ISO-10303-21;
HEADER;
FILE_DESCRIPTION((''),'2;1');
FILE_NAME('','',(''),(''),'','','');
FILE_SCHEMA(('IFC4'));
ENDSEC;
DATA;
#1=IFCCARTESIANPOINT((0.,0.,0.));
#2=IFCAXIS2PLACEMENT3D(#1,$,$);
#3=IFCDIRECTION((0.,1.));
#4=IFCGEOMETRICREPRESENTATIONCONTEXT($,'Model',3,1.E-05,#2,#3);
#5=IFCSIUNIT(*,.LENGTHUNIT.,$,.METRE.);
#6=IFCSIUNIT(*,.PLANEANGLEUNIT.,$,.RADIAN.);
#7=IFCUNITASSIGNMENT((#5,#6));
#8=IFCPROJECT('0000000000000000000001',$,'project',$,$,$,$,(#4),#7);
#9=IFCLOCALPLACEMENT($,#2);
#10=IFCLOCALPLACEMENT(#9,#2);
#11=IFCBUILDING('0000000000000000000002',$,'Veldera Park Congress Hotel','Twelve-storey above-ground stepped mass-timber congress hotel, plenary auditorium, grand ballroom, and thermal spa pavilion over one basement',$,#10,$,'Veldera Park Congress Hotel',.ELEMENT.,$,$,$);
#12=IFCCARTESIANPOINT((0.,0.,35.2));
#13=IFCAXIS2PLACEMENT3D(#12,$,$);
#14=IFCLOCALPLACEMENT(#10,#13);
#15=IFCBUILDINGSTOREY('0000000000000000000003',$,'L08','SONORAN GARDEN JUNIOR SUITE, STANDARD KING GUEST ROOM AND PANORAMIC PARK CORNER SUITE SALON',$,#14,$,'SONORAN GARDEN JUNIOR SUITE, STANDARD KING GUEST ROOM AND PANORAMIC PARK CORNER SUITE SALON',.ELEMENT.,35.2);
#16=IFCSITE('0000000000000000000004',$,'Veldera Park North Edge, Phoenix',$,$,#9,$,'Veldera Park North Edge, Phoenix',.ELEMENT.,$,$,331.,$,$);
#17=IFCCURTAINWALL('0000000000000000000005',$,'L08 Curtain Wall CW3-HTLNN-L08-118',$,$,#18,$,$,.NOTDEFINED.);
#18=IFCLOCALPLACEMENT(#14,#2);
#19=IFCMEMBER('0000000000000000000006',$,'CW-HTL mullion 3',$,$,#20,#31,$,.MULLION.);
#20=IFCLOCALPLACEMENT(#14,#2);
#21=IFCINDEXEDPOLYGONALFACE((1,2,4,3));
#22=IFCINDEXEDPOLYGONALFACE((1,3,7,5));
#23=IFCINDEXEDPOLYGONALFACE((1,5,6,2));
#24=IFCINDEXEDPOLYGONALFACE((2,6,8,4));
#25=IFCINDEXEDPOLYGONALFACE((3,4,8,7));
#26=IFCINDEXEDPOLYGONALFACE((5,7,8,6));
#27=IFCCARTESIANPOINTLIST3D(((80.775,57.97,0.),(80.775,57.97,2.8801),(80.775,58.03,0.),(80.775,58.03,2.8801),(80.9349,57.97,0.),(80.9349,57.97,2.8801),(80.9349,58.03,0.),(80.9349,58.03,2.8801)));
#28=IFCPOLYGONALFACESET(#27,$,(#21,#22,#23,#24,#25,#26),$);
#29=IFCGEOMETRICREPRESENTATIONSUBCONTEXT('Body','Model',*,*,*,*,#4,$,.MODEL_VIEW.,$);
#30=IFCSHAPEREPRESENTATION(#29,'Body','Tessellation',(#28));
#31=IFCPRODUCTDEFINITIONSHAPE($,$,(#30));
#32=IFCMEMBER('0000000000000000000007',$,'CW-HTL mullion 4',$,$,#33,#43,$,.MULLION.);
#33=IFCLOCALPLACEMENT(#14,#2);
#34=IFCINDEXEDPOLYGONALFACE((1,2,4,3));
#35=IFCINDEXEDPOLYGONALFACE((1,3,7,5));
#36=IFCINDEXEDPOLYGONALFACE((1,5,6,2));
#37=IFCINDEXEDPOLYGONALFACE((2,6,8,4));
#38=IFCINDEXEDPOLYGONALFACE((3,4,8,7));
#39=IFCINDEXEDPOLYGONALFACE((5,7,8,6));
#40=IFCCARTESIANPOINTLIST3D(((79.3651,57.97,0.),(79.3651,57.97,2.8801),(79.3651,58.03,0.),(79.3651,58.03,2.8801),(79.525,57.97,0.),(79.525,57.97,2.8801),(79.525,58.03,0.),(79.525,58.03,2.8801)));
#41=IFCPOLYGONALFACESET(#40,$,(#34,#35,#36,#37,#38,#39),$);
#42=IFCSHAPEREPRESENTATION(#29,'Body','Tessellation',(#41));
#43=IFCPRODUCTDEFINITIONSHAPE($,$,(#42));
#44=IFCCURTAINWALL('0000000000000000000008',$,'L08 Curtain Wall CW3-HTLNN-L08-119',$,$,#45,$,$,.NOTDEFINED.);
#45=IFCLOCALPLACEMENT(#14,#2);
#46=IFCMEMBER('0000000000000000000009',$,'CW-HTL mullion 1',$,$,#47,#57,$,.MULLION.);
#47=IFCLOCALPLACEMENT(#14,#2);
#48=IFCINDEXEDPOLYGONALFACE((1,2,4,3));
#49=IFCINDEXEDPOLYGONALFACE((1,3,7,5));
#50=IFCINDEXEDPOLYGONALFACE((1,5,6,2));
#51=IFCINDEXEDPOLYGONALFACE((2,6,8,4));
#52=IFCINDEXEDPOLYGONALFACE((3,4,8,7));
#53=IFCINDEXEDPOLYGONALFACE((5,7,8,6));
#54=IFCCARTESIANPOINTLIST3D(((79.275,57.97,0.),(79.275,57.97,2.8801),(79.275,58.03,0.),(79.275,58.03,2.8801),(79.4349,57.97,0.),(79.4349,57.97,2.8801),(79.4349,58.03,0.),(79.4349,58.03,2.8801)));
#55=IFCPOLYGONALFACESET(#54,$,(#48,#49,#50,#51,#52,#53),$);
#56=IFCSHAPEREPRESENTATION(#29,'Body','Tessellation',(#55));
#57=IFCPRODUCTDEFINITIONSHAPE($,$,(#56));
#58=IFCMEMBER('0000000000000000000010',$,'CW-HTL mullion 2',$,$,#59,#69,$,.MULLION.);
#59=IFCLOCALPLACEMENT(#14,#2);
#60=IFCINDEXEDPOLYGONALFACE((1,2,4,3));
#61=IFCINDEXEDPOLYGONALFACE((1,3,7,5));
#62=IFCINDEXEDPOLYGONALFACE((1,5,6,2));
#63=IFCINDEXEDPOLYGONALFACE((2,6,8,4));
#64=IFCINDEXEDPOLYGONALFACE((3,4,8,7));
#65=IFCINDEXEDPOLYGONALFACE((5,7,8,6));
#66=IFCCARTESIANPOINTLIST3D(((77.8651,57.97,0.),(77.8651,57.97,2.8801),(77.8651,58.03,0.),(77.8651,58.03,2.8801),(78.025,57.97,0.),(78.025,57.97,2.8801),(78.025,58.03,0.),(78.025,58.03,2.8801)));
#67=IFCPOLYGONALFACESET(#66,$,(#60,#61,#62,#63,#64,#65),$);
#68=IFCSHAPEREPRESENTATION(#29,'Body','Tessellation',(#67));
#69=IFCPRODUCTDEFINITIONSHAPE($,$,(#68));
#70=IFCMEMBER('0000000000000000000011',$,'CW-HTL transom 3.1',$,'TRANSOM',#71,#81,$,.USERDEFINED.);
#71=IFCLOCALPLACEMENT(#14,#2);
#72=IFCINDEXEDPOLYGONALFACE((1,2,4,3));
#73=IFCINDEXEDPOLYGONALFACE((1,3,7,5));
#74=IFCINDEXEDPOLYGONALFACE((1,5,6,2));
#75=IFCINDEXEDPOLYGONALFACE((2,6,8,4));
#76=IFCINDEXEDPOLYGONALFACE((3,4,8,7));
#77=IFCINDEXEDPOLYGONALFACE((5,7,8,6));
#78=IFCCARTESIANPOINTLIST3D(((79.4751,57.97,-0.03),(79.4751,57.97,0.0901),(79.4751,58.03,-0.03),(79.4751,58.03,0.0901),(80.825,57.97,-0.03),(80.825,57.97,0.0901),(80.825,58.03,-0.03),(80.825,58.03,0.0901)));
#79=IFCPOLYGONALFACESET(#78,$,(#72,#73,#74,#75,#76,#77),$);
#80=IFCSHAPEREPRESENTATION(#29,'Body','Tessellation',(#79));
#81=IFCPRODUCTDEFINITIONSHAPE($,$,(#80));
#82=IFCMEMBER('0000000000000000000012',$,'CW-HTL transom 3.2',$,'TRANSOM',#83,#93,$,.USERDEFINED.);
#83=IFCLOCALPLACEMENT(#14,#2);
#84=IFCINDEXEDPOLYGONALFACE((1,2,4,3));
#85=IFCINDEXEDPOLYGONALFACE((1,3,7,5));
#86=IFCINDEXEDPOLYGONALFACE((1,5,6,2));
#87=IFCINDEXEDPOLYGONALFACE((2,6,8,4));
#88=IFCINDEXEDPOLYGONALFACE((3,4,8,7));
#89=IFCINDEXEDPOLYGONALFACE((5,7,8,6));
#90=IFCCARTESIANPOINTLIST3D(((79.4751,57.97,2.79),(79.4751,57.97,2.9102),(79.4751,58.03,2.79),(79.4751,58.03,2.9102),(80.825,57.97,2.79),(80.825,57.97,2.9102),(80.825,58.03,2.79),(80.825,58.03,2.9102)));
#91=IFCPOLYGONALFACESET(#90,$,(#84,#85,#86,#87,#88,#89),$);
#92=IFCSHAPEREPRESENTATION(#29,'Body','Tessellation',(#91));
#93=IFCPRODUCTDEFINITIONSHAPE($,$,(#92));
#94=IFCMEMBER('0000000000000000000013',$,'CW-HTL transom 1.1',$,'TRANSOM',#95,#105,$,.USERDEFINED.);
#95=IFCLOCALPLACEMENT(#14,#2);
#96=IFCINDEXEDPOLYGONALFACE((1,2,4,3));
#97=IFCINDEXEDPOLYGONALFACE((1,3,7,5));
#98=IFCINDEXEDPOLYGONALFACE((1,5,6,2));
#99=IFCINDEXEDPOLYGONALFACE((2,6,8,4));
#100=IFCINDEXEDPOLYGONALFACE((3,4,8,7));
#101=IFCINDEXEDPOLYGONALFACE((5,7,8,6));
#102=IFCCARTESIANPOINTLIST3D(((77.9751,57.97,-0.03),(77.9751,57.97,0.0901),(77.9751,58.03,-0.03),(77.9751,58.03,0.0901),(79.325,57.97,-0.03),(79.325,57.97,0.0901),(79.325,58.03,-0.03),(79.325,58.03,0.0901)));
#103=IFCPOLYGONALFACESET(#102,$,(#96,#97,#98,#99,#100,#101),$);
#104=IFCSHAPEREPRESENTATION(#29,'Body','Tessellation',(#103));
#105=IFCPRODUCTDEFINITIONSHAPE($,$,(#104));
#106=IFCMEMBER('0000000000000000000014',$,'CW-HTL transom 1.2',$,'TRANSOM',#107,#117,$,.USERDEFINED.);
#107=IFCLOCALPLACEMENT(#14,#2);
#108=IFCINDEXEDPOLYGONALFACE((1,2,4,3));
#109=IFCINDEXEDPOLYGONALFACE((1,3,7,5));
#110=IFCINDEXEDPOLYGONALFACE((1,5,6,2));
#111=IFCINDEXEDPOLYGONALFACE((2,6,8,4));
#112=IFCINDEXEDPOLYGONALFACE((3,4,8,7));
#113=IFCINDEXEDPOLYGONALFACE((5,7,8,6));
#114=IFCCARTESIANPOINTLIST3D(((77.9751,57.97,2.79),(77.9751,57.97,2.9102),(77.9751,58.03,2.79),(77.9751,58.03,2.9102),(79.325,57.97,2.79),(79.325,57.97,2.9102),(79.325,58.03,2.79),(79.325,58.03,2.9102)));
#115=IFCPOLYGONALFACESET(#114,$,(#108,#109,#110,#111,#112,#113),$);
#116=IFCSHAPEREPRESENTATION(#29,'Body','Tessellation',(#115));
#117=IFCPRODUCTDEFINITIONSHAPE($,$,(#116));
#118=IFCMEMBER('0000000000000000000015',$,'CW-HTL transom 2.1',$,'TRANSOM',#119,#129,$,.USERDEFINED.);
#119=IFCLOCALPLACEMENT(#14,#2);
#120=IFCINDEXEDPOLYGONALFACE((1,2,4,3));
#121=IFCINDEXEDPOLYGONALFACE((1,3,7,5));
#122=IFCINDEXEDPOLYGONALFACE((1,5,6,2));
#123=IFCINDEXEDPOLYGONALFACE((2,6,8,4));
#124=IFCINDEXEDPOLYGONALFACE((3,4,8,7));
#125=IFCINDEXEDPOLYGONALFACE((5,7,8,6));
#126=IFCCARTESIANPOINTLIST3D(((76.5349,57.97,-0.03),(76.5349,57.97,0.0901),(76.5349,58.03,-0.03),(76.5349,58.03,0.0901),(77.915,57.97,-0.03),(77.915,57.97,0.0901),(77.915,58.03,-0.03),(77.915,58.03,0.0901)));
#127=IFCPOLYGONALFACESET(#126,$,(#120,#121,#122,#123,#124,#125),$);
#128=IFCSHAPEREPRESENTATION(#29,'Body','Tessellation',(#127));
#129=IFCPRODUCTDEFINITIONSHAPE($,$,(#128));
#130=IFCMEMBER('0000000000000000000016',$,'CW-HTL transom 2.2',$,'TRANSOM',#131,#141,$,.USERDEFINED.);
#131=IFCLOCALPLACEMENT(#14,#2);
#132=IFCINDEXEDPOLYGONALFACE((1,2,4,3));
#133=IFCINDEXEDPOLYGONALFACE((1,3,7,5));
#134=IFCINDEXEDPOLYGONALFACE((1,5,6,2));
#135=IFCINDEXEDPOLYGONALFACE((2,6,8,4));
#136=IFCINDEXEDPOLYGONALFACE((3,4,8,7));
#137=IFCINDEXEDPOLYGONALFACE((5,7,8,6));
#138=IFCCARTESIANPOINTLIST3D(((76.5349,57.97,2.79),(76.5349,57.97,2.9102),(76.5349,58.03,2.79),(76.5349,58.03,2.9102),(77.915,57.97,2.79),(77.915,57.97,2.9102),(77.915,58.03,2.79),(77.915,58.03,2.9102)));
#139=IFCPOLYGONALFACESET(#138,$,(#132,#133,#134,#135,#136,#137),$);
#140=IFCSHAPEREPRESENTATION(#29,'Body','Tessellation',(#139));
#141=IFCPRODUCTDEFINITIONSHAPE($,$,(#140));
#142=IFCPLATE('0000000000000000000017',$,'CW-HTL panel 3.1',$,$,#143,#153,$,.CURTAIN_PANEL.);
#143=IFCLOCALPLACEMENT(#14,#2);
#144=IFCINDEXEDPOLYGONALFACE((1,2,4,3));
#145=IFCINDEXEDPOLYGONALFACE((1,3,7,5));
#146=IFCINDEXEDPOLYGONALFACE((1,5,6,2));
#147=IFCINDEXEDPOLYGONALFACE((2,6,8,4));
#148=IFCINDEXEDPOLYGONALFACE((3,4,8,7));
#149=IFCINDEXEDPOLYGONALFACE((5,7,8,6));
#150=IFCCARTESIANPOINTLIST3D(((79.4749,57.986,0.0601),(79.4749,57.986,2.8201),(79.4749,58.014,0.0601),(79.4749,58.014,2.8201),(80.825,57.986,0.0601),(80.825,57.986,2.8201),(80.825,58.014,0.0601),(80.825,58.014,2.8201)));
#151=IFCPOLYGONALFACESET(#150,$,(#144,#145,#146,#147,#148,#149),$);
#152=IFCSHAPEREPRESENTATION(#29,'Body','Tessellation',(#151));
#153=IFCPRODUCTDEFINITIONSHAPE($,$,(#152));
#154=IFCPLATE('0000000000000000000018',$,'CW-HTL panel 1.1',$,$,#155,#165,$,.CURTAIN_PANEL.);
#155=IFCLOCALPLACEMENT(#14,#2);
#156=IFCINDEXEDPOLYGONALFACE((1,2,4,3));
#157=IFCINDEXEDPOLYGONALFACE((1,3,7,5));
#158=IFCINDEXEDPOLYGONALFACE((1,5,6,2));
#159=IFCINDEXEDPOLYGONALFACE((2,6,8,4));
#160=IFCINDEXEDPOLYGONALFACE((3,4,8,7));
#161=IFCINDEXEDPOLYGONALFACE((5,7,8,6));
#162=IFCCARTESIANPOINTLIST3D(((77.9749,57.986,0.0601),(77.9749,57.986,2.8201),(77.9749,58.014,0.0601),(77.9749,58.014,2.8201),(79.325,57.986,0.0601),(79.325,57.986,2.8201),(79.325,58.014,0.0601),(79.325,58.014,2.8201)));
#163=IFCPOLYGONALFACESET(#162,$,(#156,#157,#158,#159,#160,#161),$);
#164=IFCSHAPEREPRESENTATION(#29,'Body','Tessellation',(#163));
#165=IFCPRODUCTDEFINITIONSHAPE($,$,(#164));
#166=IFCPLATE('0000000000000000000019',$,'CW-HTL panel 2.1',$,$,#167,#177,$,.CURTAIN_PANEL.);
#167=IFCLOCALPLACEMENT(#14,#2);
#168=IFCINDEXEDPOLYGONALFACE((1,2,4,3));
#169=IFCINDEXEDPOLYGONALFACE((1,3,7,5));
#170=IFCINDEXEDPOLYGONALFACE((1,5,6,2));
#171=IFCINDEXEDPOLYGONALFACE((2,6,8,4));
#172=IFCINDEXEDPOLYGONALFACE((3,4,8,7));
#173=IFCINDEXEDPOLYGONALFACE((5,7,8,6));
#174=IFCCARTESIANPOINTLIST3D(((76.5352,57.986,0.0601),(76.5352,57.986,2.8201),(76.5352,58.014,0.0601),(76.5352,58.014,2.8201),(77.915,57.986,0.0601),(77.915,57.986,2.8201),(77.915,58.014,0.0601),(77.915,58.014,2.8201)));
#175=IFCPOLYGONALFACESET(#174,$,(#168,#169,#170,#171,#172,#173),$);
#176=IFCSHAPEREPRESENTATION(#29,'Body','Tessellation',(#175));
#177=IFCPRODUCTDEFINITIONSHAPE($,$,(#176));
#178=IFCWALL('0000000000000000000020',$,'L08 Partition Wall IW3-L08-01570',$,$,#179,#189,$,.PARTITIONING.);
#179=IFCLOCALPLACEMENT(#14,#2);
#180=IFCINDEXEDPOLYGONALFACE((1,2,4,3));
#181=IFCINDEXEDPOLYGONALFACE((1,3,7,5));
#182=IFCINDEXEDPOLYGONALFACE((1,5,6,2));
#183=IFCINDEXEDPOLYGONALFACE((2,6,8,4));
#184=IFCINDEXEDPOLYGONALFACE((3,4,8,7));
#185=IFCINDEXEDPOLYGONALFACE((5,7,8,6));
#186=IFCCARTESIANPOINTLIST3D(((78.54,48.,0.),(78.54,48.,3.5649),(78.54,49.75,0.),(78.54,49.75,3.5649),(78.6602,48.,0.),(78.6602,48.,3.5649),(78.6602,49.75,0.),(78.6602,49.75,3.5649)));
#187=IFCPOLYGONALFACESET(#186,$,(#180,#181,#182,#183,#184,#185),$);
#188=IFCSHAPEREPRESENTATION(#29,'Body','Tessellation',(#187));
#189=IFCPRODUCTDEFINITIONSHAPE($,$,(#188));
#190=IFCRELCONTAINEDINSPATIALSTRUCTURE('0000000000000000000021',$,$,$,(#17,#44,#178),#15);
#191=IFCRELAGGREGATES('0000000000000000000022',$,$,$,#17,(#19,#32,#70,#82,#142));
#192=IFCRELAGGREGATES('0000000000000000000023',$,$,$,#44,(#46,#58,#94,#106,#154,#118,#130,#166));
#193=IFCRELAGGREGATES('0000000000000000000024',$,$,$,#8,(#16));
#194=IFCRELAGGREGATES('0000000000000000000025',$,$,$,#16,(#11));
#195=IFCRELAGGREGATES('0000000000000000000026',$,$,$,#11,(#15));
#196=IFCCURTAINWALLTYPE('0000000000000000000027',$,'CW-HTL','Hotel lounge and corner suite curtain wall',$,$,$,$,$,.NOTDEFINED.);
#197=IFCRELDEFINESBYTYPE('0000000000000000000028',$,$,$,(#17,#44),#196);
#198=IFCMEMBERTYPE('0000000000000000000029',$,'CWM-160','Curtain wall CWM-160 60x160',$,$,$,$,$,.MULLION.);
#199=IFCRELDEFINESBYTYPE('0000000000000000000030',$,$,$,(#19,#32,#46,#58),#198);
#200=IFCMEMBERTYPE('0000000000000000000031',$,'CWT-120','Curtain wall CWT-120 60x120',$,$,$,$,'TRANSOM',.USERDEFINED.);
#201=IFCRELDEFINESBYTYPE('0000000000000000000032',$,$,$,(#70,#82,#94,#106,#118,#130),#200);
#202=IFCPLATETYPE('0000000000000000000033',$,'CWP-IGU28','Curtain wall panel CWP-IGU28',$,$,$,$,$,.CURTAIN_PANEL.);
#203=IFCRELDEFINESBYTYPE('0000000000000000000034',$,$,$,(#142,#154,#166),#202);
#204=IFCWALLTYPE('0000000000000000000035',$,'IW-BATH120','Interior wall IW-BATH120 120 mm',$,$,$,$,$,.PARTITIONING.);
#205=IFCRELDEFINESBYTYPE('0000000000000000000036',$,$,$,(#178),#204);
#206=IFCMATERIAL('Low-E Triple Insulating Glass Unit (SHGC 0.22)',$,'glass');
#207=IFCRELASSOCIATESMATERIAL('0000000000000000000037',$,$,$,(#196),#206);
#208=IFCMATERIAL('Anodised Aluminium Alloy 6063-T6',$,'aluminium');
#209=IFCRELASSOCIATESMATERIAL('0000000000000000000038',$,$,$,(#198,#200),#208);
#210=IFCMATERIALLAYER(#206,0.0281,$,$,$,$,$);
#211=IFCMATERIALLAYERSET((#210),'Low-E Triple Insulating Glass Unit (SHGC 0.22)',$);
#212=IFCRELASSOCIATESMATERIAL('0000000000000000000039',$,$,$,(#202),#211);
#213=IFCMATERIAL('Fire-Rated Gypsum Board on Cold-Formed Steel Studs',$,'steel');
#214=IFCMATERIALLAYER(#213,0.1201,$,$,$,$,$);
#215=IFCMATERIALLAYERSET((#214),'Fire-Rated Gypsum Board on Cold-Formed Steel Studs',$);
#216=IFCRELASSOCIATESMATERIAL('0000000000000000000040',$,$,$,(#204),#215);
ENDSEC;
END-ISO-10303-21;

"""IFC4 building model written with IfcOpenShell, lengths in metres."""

from ifc_helpers import new_model, si_unit, direction, frame, frame_2d, origin, origin_2d, place, context, subcontext, project, spatial, rectangle, extrude, material, layer, layer_set, material_profile, profile_set, type_object, element, aggregate, save


model = new_model("IFC4")

# Units and contexts
model_context = context("Model", 3, precision=1e-05, world=origin(), true_north=direction((0.0, 1.0)))
body_context = subcontext(model_context, "Body", "Model", "MODEL_VIEW")
ifc_project = project(units=[si_unit("LENGTHUNIT", "METRE"), si_unit("PLANEANGLEUNIT", "RADIAN")], contexts=[model_context])

# Site, building, storey
site_placement = place(None, origin())
site = spatial("IfcSite", under=ifc_project, at=site_placement, Name="Veldera Park North Edge, Phoenix", LongName="Veldera Park North Edge, Phoenix", CompositionType="ELEMENT", RefElevation=331.0)
building_placement = place(site_placement, origin())
building = spatial("IfcBuilding", under=site, at=building_placement, Name="Veldera Park Congress Hotel", Description="Twelve-storey above-ground stepped mass-timber congress hotel, plenary auditorium, grand ballroom, and thermal spa pavilion over one basement", LongName="Veldera Park Congress Hotel", CompositionType="ELEMENT")
storey_placement = place(building_placement, frame((0.0, 0.0, 35.2)))
storey = spatial("IfcBuildingStorey", under=building, at=storey_placement, Name="L08", Description="SONORAN GARDEN JUNIOR SUITE, STANDARD KING GUEST ROOM AND PANORAMIC PARK CORNER SUITE SALON", LongName="SONORAN GARDEN JUNIOR SUITE, STANDARD KING GUEST ROOM AND PANORAMIC PARK CORNER SUITE SALON", CompositionType="ELEMENT", Elevation=35.2)

# Curtain walls, members
ifc_material_1 = material(Name="Low-E Triple Insulating Glass Unit (SHGC 0.22)", Category="glass")
curtain_wall_type = type_object("IfcCurtainWallType", Name="CW-HTL", Description="Hotel lounge and corner suite curtain wall", PredefinedType="NOTDEFINED", material=ifc_material_1)
curtain_wall_1_placement = place(storey_placement, origin())
curtain_wall_1 = element("IfcCurtainWall", 1, at=curtain_wall_1_placement, inside=storey, type_object=curtain_wall_type, Name="L08 Curtain Wall CW3-HTLNN-L08-118", PredefinedType="NOTDEFINED")
ifc_material_2 = material(Name="Anodised Aluminium Alloy 6063-T6", Category="aluminium")
ifc_material_profile_1 = material_profile(ifc_material_2, rectangle(XDim=0.0601, YDim=0.1599, at=origin_2d()), Name="ALU 60x160")
ifc_profile_set_1 = profile_set([ifc_material_profile_1], Name="Anodised Aluminium Alloy 6063-T6")
member_type_1 = type_object("IfcMemberType", Name="CWM-160", Description="Curtain wall CWM-160 60x160", PredefinedType="MULLION", material=ifc_profile_set_1)
member_1_placement = place(storey_placement, frame((80.855, 58.0, 0.0), z_axis=(0.0, 0.0, 1.0), x_axis=(0.0, -1.0, 0.0)))
member_1 = element("IfcMember", 2, at=member_1_placement, type_object=member_type_1, Name="CW-HTL mullion 3", PredefinedType="MULLION", context=body_context, shape_type="SweptSolid", body=[
    extrude(rectangle(XDim=0.0601, YDim=0.1599, at=origin_2d()), origin(), (0.0, 0.0, 1.0), 2.8801),
])
member_2_placement = place(storey_placement, frame((79.4451, 58.0, 0.0), z_axis=(0.0, 0.0, 1.0), x_axis=(0.0, -1.0, 0.0)))
member_2 = element("IfcMember", 3, at=member_2_placement, type_object=member_type_1, Name="CW-HTL mullion 4", PredefinedType="MULLION", context=body_context, shape_type="SweptSolid", body=[
    extrude(rectangle(XDim=0.0601, YDim=0.1599, at=origin_2d()), origin(), (0.0, 0.0, 1.0), 2.8801),
])
curtain_wall_2_placement = place(storey_placement, origin())
curtain_wall_2 = element("IfcCurtainWall", 4, at=curtain_wall_2_placement, inside=storey, type_object=curtain_wall_type, Name="L08 Curtain Wall CW3-HTLNN-L08-119", PredefinedType="NOTDEFINED")
member_3_placement = place(storey_placement, frame((79.355, 58.0, 0.0), z_axis=(0.0, 0.0, 1.0), x_axis=(0.0, -1.0, 0.0)))
member_3 = element("IfcMember", 5, at=member_3_placement, type_object=member_type_1, Name="CW-HTL mullion 1", PredefinedType="MULLION", context=body_context, shape_type="SweptSolid", body=[
    extrude(rectangle(XDim=0.0601, YDim=0.1599, at=origin_2d()), origin(), (0.0, 0.0, 1.0), 2.8801),
])
member_4_placement = place(storey_placement, frame((77.9451, 58.0, 0.0), z_axis=(0.0, 0.0, 1.0), x_axis=(0.0, -1.0, 0.0)))
member_4 = element("IfcMember", 6, at=member_4_placement, type_object=member_type_1, Name="CW-HTL mullion 2", PredefinedType="MULLION", context=body_context, shape_type="SweptSolid", body=[
    extrude(rectangle(XDim=0.0601, YDim=0.1599, at=origin_2d()), origin(), (0.0, 0.0, 1.0), 2.8801),
])

# Members
ifc_material_profile_2 = material_profile(ifc_material_2, rectangle(XDim=0.0601, YDim=0.1201, at=origin_2d()), Name="ALU 60x120")
ifc_profile_set_2 = profile_set([ifc_material_profile_2], Name="Anodised Aluminium Alloy 6063-T6")
member_type_2 = type_object("IfcMemberType", Name="CWT-120", Description="Curtain wall CWT-120 60x120", ElementType="TRANSOM", PredefinedType="USERDEFINED", material=ifc_profile_set_2)
member_5_placement = place(storey_placement, frame((80.825, 58.0, 0.03), z_axis=(-1.0, 0.0, 0.0), x_axis=(0.0, -1.0, 0.0)))
member_5 = element("IfcMember", 7, at=member_5_placement, type_object=member_type_2, Name="CW-HTL transom 3.1", ObjectType="TRANSOM", PredefinedType="USERDEFINED", context=body_context, shape_type="SweptSolid", body=[
    extrude(rectangle(XDim=0.0601, YDim=0.1201, at=origin_2d()), origin(), (0.0, 0.0, 1.0), 1.3499),
])
member_6_placement = place(storey_placement, frame((80.825, 58.0, 2.8501), z_axis=(-1.0, 0.0, 0.0), x_axis=(0.0, -1.0, 0.0)))
member_6 = element("IfcMember", 8, at=member_6_placement, type_object=member_type_2, Name="CW-HTL transom 3.2", ObjectType="TRANSOM", PredefinedType="USERDEFINED", context=body_context, shape_type="SweptSolid", body=[
    extrude(rectangle(XDim=0.0601, YDim=0.1201, at=origin_2d()), origin(), (0.0, 0.0, 1.0), 1.3499),
])
member_7_placement = place(storey_placement, frame((79.325, 58.0, 0.03), z_axis=(-1.0, 0.0, 0.0), x_axis=(0.0, -1.0, 0.0)))
member_7 = element("IfcMember", 9, at=member_7_placement, type_object=member_type_2, Name="CW-HTL transom 1.1", ObjectType="TRANSOM", PredefinedType="USERDEFINED", context=body_context, shape_type="SweptSolid", body=[
    extrude(rectangle(XDim=0.0601, YDim=0.1201, at=origin_2d()), origin(), (0.0, 0.0, 1.0), 1.3499),
])
member_8_placement = place(storey_placement, frame((79.325, 58.0, 2.8501), z_axis=(-1.0, 0.0, 0.0), x_axis=(0.0, -1.0, 0.0)))
member_8 = element("IfcMember", 10, at=member_8_placement, type_object=member_type_2, Name="CW-HTL transom 1.2", ObjectType="TRANSOM", PredefinedType="USERDEFINED", context=body_context, shape_type="SweptSolid", body=[
    extrude(rectangle(XDim=0.0601, YDim=0.1201, at=origin_2d()), origin(), (0.0, 0.0, 1.0), 1.3499),
])
member_9_placement = place(storey_placement, frame((77.915, 58.0, 0.03), z_axis=(-1.0, 0.0, 0.0), x_axis=(0.0, -1.0, 0.0)))
member_9 = element("IfcMember", 11, at=member_9_placement, type_object=member_type_2, Name="CW-HTL transom 2.1", ObjectType="TRANSOM", PredefinedType="USERDEFINED", context=body_context, shape_type="SweptSolid", body=[
    extrude(rectangle(XDim=0.0601, YDim=0.1201, at=origin_2d()), origin(), (0.0, 0.0, 1.0), 1.3801),
])
member_10_placement = place(storey_placement, frame((77.915, 58.0, 2.8501), z_axis=(-1.0, 0.0, 0.0), x_axis=(0.0, -1.0, 0.0)))
member_10 = element("IfcMember", 12, at=member_10_placement, type_object=member_type_2, Name="CW-HTL transom 2.2", ObjectType="TRANSOM", PredefinedType="USERDEFINED", context=body_context, shape_type="SweptSolid", body=[
    extrude(rectangle(XDim=0.0601, YDim=0.1201, at=origin_2d()), origin(), (0.0, 0.0, 1.0), 1.3801),
])

# Plates
ifc_layer_1 = layer(ifc_material_1, 0.0281)
ifc_layer_set_1 = layer_set([ifc_layer_1], Name="Low-E Triple Insulating Glass Unit (SHGC 0.22)")
plate_type = type_object("IfcPlateType", Name="CWP-IGU28", Description="Curtain wall panel CWP-IGU28", PredefinedType="CURTAIN_PANEL", material=ifc_layer_set_1)
plate_1_placement = place(storey_placement, frame((80.1499, 58.0, 0.0601), z_axis=(0.0, 0.0, 1.0), x_axis=(-1.0, 0.0, 0.0)))
plate_1 = element("IfcPlate", 13, at=plate_1_placement, type_object=plate_type, Name="CW-HTL panel 3.1", PredefinedType="CURTAIN_PANEL", context=body_context, shape_type="SweptSolid", body=[
    extrude(rectangle(XDim=1.3501, YDim=0.0281, at=origin_2d()), origin(), (0.0, 0.0, 1.0), 2.76),
])
aggregate(curtain_wall_1, [member_1, member_2, member_5, member_6, plate_1])
plate_2_placement = place(storey_placement, frame((78.6499, 58.0, 0.0601), z_axis=(0.0, 0.0, 1.0), x_axis=(-1.0, 0.0, 0.0)))
plate_2 = element("IfcPlate", 14, at=plate_2_placement, type_object=plate_type, Name="CW-HTL panel 1.1", PredefinedType="CURTAIN_PANEL", context=body_context, shape_type="SweptSolid", body=[
    extrude(rectangle(XDim=1.3501, YDim=0.0281, at=origin_2d()), origin(), (0.0, 0.0, 1.0), 2.76),
])
plate_3_placement = place(storey_placement, frame((77.2251, 58.0, 0.0601), z_axis=(0.0, 0.0, 1.0), x_axis=(-1.0, 0.0, 0.0)))
plate_3 = element("IfcPlate", 15, at=plate_3_placement, type_object=plate_type, Name="CW-HTL panel 2.1", PredefinedType="CURTAIN_PANEL", context=body_context, shape_type="SweptSolid", body=[
    extrude(rectangle(XDim=1.3799, YDim=0.0281, at=origin_2d()), origin(), (0.0, 0.0, 1.0), 2.76),
])
aggregate(curtain_wall_2, [member_3, member_4, member_7, member_8, plate_2, member_9, member_10, plate_3])

# Wall
ifc_material_3 = material(Name="Fire-Rated Gypsum Board on Cold-Formed Steel Studs", Category="steel")
ifc_layer_2 = layer(ifc_material_3, 0.1201)
ifc_layer_set_2 = layer_set([ifc_layer_2], Name="Fire-Rated Gypsum Board on Cold-Formed Steel Studs")
wall_type = type_object("IfcWallType", Name="IW-BATH120", Description="Interior wall IW-BATH120 120 mm", PredefinedType="PARTITIONING", material=ifc_layer_set_2)
for number, where, z_axis, x_axis, name in (
    (16, (78.6001, 48.0, 0.0), (0.0, 0.0, 1.0), (0.0, 1.0, 0.0), "L08 Partition Wall IW3-L08-01570"),
):
    element("IfcWall", number, at=place(storey_placement, frame(where, z_axis=z_axis, x_axis=x_axis)), inside=storey, type_object=wall_type, Name=name, PredefinedType="PARTITIONING", context=body_context, shape_type="SweptSolid", body=[
        extrude(rectangle(XDim=1.75, YDim=0.1201, at=frame_2d((0.875, 0.0))), origin(), (0.0, 0.0, 1.0), 3.5649),
    ])

save(model, "model.ifc")
